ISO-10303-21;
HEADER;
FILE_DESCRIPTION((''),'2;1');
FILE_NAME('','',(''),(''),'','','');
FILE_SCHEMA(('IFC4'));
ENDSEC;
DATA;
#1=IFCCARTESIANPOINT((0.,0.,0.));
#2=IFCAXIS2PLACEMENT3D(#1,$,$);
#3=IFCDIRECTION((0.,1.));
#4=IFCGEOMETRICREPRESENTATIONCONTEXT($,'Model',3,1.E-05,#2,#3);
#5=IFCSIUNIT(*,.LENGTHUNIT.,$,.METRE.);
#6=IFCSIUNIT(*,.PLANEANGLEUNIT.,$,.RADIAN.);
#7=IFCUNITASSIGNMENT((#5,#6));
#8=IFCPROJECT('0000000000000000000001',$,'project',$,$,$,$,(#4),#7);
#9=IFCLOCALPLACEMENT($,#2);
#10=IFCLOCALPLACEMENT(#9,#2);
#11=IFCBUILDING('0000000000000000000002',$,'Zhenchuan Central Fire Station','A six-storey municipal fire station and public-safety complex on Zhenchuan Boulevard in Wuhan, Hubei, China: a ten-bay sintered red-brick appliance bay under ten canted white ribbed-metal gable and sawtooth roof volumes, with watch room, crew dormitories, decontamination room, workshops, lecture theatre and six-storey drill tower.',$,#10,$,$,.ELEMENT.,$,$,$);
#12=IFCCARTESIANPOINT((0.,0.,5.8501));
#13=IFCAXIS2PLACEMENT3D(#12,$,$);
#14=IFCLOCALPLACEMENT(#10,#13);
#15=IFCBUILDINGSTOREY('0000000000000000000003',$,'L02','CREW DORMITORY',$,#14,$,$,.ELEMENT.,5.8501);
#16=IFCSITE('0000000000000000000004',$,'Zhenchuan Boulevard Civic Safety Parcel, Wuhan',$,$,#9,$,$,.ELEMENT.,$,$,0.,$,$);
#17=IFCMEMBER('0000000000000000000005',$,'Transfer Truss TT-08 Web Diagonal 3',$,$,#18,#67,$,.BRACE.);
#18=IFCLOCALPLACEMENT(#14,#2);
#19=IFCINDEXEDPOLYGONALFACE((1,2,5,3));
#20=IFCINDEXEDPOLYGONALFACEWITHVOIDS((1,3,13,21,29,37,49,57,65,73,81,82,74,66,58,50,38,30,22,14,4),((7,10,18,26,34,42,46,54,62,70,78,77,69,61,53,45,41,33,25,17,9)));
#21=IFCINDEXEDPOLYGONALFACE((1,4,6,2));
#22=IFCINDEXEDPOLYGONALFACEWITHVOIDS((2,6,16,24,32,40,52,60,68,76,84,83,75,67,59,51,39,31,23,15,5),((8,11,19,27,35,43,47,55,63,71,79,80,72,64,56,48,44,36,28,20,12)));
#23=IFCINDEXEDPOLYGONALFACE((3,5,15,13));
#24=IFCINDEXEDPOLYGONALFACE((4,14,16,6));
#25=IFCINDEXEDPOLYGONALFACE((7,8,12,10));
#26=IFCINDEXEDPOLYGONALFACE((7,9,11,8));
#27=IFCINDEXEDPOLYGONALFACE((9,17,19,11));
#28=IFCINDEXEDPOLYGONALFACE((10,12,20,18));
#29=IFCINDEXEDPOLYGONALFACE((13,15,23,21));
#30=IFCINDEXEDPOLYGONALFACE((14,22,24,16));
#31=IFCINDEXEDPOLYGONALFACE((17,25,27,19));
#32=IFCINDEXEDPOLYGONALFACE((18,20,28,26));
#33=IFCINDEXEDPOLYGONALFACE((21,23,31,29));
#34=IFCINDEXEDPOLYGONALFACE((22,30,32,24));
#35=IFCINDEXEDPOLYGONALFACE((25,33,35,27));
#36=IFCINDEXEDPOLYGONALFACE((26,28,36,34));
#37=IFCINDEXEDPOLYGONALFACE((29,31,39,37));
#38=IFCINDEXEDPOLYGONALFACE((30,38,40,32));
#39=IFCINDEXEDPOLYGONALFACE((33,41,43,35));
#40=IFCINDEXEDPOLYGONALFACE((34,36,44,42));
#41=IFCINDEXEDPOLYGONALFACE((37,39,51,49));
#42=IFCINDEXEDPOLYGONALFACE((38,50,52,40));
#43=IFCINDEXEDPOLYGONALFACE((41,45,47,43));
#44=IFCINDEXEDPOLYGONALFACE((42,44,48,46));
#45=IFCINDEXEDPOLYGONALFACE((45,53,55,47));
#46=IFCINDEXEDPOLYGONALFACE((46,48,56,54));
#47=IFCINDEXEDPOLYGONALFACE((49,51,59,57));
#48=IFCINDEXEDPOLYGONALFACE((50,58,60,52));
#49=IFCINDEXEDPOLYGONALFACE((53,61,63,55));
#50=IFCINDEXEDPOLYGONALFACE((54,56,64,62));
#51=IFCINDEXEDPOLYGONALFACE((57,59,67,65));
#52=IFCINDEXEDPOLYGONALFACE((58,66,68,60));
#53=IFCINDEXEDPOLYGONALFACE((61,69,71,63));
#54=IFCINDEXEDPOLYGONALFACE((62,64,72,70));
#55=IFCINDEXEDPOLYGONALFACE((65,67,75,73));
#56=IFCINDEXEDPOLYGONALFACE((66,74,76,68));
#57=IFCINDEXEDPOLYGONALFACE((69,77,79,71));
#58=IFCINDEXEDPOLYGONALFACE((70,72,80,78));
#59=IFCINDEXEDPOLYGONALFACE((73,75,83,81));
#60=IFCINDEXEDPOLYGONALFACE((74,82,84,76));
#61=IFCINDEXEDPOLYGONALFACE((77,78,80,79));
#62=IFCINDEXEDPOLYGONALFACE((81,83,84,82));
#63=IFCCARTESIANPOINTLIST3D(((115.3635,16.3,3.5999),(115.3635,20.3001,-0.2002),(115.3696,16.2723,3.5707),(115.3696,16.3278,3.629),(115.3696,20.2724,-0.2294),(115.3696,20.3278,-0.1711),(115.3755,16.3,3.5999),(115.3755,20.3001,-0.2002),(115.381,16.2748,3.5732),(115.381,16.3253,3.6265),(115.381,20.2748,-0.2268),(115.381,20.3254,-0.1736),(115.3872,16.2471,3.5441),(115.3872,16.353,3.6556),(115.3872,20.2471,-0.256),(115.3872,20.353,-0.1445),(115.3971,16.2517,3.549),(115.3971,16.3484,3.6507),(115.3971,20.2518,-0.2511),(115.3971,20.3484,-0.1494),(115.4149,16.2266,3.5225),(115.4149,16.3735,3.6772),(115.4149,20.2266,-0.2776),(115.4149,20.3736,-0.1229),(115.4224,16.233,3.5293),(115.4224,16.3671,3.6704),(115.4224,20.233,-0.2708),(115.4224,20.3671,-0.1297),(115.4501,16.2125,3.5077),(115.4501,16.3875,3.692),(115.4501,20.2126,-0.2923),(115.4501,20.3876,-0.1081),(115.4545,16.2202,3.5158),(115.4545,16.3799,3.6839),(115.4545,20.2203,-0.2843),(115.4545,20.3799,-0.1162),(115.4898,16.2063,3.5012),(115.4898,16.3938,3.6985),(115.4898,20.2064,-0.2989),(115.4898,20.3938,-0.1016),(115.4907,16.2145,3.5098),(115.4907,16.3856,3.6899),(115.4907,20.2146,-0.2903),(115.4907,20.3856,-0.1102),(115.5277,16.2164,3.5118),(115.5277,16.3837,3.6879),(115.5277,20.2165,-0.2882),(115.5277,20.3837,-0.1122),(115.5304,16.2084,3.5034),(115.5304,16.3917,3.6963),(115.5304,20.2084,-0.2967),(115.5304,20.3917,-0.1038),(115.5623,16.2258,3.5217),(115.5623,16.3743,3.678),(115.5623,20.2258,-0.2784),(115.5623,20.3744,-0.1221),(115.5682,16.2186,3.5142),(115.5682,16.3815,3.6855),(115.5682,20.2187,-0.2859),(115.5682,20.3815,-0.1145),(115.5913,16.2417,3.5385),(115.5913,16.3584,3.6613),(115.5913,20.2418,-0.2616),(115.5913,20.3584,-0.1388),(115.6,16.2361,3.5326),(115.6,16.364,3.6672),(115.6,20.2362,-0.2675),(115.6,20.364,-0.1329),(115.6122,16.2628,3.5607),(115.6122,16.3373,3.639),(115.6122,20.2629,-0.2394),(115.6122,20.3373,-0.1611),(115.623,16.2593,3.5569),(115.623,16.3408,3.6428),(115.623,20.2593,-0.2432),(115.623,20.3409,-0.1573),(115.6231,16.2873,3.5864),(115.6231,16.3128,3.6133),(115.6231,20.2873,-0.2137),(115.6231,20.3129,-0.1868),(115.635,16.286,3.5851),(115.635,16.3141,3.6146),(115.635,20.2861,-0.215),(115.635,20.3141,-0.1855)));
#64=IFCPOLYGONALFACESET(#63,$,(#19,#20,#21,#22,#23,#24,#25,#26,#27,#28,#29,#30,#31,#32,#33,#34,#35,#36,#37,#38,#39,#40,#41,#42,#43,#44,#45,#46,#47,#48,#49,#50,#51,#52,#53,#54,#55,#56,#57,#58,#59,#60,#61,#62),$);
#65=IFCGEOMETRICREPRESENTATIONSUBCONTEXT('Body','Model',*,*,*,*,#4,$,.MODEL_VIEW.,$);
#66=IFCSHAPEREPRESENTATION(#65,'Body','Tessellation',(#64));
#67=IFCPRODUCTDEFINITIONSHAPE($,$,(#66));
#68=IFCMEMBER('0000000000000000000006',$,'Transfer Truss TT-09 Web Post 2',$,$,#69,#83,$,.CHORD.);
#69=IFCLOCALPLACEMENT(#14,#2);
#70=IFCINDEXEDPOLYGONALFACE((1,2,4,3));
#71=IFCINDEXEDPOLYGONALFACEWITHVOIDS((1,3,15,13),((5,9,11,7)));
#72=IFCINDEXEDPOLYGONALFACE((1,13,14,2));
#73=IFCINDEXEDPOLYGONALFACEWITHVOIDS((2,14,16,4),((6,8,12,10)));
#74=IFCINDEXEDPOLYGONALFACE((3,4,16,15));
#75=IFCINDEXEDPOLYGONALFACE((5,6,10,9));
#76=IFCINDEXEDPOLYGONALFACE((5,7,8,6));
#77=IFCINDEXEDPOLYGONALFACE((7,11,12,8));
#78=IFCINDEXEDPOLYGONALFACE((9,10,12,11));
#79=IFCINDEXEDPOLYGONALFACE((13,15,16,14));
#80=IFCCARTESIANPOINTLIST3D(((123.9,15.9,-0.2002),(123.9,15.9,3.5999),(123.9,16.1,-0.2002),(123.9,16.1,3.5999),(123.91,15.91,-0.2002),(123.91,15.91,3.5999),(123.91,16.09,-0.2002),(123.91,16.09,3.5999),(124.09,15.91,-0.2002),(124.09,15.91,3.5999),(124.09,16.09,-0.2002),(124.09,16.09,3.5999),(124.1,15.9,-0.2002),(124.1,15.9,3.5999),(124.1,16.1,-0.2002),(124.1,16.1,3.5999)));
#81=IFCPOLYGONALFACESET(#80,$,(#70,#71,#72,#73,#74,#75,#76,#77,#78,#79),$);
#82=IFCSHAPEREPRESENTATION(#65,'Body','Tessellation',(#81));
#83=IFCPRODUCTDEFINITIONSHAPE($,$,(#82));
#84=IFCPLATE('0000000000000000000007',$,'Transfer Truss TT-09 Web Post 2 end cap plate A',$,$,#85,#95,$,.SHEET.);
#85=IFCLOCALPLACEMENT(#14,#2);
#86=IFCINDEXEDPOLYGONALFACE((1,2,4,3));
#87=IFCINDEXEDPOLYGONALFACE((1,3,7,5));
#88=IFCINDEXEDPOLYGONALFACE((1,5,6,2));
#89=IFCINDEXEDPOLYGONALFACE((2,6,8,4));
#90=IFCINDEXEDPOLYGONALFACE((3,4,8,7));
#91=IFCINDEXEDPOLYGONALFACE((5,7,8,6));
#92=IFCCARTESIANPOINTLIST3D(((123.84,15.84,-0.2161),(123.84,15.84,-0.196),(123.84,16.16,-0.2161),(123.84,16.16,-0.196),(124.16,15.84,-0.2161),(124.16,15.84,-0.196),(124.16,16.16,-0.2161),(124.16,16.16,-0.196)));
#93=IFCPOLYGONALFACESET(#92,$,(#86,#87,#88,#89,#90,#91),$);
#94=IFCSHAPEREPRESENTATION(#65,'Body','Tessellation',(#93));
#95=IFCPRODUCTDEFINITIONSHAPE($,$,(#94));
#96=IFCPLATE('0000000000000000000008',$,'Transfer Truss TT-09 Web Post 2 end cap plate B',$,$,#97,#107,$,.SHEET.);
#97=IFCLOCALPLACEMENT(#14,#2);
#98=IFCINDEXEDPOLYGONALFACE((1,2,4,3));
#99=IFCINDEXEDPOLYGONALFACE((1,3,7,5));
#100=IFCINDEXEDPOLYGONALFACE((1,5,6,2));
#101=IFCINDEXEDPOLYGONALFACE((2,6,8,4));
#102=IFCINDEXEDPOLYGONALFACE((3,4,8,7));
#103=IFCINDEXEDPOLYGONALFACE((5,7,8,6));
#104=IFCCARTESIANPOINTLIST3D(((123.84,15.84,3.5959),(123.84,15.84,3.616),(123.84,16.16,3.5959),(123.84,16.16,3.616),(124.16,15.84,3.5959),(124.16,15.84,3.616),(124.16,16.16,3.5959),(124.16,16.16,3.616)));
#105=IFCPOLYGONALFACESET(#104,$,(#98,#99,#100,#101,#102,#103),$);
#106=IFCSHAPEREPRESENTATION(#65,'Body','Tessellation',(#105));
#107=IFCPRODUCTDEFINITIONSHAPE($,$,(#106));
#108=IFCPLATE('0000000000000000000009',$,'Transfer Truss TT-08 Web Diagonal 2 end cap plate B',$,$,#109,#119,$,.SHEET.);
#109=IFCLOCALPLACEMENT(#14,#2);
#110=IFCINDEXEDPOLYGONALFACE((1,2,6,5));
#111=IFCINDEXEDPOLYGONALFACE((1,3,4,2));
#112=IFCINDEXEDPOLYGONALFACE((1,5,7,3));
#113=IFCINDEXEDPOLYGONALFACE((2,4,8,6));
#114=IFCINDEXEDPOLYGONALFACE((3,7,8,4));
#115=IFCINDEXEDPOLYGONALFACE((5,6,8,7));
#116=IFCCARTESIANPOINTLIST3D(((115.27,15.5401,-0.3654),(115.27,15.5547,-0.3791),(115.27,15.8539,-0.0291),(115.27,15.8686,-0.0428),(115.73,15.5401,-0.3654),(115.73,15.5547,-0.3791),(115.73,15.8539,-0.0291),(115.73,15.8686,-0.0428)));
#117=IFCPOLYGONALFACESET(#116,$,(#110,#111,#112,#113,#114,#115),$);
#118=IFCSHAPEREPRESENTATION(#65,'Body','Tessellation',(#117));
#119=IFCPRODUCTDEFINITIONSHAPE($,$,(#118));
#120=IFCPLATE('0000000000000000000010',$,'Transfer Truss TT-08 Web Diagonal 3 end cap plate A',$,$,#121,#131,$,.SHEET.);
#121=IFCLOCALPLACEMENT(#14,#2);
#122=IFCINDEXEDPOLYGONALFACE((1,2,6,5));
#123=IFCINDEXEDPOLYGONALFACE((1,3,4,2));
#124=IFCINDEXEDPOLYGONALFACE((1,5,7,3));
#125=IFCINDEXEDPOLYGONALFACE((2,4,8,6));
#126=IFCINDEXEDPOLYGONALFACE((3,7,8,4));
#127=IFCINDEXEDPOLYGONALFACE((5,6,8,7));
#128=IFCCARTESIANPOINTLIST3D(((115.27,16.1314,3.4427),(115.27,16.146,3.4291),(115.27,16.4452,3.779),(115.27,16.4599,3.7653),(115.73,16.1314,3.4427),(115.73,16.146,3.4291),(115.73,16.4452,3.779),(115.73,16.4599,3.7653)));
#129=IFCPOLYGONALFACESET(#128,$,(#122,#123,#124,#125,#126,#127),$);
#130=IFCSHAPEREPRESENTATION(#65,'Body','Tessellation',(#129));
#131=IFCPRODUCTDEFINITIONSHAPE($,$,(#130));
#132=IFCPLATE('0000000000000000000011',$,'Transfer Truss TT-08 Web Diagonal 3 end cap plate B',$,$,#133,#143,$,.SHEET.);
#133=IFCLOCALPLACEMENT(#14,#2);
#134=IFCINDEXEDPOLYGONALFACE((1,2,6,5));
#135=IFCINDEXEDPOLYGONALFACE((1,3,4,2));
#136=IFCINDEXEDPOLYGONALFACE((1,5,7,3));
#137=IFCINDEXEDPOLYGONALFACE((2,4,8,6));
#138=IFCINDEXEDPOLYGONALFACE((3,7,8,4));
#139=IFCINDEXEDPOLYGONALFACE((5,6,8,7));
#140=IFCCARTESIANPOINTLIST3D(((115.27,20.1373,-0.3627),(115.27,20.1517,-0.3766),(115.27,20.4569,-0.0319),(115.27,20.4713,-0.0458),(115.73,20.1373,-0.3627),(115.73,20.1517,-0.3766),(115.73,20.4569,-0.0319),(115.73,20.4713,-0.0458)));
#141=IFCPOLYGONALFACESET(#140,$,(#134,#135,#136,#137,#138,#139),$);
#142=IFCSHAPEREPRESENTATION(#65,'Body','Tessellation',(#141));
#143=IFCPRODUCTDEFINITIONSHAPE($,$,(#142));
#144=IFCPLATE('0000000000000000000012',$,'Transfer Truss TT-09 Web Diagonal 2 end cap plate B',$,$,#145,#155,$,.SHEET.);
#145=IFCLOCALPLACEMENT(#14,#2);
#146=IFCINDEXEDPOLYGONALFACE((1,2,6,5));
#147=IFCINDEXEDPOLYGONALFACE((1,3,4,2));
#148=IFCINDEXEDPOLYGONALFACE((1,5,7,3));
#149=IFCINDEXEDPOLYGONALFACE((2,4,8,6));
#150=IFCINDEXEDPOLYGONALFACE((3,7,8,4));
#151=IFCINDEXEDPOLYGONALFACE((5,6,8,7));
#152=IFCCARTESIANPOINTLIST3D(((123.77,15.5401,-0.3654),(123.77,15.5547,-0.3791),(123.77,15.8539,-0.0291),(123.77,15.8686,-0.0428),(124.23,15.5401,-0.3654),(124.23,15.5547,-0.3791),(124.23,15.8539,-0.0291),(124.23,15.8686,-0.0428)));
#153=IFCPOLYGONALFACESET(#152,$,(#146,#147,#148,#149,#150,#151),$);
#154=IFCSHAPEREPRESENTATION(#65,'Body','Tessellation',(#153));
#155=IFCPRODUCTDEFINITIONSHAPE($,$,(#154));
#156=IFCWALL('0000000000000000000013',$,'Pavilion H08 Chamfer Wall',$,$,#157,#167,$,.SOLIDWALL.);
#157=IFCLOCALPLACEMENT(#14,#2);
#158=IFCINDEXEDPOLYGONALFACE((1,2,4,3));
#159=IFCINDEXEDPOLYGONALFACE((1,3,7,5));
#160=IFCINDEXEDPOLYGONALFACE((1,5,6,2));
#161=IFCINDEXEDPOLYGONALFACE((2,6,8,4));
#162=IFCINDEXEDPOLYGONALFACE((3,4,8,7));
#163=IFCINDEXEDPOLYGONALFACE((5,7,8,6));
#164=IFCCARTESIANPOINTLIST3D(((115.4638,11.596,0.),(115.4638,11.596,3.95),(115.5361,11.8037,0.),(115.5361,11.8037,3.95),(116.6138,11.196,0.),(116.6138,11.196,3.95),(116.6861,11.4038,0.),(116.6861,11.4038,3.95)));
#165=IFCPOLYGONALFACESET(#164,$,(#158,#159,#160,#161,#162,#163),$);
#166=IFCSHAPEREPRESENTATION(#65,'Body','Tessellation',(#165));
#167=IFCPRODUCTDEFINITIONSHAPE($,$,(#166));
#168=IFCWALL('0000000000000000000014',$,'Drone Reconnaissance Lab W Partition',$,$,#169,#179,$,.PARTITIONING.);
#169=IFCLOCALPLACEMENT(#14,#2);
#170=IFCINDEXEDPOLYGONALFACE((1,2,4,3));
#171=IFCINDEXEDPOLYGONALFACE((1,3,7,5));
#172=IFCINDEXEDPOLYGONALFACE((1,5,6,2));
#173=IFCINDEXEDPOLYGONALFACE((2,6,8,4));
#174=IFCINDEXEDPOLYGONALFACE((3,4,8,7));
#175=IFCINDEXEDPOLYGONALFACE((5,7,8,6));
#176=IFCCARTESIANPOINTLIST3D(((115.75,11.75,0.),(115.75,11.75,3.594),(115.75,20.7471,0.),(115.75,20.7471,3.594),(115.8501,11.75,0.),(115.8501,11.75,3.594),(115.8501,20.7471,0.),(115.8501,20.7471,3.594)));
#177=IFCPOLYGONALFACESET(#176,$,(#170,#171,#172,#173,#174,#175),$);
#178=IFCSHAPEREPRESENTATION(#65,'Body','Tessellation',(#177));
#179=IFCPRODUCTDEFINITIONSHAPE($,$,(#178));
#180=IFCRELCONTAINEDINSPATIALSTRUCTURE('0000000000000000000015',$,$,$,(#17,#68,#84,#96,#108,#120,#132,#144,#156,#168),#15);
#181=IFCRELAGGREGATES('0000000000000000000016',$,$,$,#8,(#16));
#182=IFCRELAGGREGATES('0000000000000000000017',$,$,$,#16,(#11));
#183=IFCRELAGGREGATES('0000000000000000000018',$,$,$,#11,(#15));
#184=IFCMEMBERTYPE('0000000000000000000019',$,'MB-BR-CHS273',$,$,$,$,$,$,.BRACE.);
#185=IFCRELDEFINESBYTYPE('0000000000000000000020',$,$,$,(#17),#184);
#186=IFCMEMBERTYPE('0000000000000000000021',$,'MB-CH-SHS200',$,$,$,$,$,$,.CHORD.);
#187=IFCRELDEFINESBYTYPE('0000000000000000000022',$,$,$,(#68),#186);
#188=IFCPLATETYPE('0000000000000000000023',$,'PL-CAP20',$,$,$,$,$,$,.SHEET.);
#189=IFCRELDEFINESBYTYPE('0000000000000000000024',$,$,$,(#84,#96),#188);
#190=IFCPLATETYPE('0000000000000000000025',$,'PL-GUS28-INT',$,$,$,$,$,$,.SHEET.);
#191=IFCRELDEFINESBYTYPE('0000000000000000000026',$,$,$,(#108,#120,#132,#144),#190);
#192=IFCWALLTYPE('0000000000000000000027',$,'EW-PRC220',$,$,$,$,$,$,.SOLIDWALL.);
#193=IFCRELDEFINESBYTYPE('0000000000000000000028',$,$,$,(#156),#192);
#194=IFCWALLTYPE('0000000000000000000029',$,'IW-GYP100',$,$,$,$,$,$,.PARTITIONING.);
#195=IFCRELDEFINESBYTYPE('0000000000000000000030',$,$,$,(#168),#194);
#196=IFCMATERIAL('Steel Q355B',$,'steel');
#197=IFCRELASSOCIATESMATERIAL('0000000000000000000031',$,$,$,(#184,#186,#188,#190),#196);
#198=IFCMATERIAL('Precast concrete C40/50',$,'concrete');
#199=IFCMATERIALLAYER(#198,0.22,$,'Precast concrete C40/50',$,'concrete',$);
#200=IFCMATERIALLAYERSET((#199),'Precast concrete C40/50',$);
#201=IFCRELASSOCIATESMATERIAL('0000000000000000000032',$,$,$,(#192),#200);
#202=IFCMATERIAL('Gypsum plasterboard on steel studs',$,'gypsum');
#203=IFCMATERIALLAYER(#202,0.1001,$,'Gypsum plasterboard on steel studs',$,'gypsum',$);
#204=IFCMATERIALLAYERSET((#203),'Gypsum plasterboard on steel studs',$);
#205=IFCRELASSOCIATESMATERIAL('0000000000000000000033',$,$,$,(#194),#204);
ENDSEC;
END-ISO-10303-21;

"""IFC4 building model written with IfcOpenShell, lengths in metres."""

from ifc_helpers import new_model, si_unit, direction, frame, frame_2d, origin, origin_2d, place, context, subcontext, project, spatial, polyline, rectangle, hollow_rectangle, hollow_circle, outline, extrude, material, layer, layer_set, material_profile, profile_set, type_object, element, save


model = new_model("IFC4")

# Units and contexts
model_context = context("Model", 3, precision=1e-05, world=origin(), true_north=direction((0.0, 1.0)))
body_context = subcontext(model_context, "Body", "Model", "MODEL_VIEW")
ifc_project = project(units=[si_unit("LENGTHUNIT", "METRE"), si_unit("PLANEANGLEUNIT", "RADIAN")], contexts=[model_context])

# Site, building, storey
site_placement = place(None, origin())
site = spatial("IfcSite", under=ifc_project, at=site_placement, Name="Zhenchuan Boulevard Civic Safety Parcel, Wuhan", CompositionType="ELEMENT", RefElevation=0.0)
building_placement = place(site_placement, origin())
building = spatial("IfcBuilding", under=site, at=building_placement, Name="Zhenchuan Central Fire Station", Description="A six-storey municipal fire station and public-safety complex on Zhenchuan Boulevard in Wuhan, Hubei, China: a ten-bay sintered red-brick appliance bay under ten canted white ribbed-metal gable and sawtooth roof volumes, with watch room, crew dormitories, decontamination room, workshops, lecture theatre and six-storey drill tower.", CompositionType="ELEMENT")
storey_placement = place(building_placement, frame((0.0, 0.0, 5.8501)))
storey = spatial("IfcBuildingStorey", under=building, at=storey_placement, Name="L02", Description="CREW DORMITORY", CompositionType="ELEMENT", Elevation=5.8501)

# Shared definitions
ifc_material_1 = material(Name="Steel Q355B", Category="steel")

# Members
ifc_material_profile_1 = material_profile(ifc_material_1, hollow_circle(Radius=0.1365, WallThickness=0.012, at=origin_2d()), Name="CHS 273x12")
ifc_profile_set_1 = profile_set([ifc_material_profile_1], Name="Steel Q355B")
member_type_1 = type_object("IfcMemberType", Name="MB-BR-CHS273", PredefinedType="BRACE", material=ifc_profile_set_1)
member_1_placement = place(storey_placement, frame((115.5, 16.3, 3.5999), z_axis=(0.0, 0.724995, -0.688754), x_axis=(-1.0, 0.0, 0.0)))
element("IfcMember", 1, at=member_1_placement, inside=storey, type_object=member_type_1, Name="Transfer Truss TT-08 Web Diagonal 3", PredefinedType="BRACE", context=body_context, shape_type="SweptSolid", body=[
    extrude(hollow_circle(Radius=0.1365, WallThickness=0.012, at=origin_2d()), origin(), (0.0, 0.0, 1.0), 5.5173),
])
ifc_material_profile_2 = material_profile(ifc_material_1, hollow_rectangle(XDim=0.2, YDim=0.2, WallThickness=0.01, at=origin_2d()), Name="SHS 200x200x10")
ifc_profile_set_2 = profile_set([ifc_material_profile_2], Name="Steel Q355B")
member_type_2 = type_object("IfcMemberType", Name="MB-CH-SHS200", PredefinedType="CHORD", material=ifc_profile_set_2)
member_2_placement = place(storey_placement, frame((124.0, 16.0, -0.2002), z_axis=(0.0, 0.0, 1.0), x_axis=(1.0, 0.0, 0.0)))
element("IfcMember", 2, at=member_2_placement, inside=storey, type_object=member_type_2, Name="Transfer Truss TT-09 Web Post 2", PredefinedType="CHORD", context=body_context, shape_type="SweptSolid", body=[
    extrude(hollow_rectangle(XDim=0.2, YDim=0.2, WallThickness=0.01, at=origin_2d()), origin(), (0.0, 0.0, 1.0), 3.8),
])

# Plates
ifc_material_profile_3 = material_profile(ifc_material_1, rectangle(XDim=0.3201, YDim=0.3201, at=origin_2d()), Name="PL 320x320x20")
ifc_profile_set_3 = profile_set([ifc_material_profile_3], Name="Steel Q355B")
plate_type_1 = type_object("IfcPlateType", Name="PL-CAP20", PredefinedType="SHEET", material=ifc_profile_set_3)
for number, where, z_axis, x_axis, name in (
    (3, (124.0, 16.0, -0.2161), (0.0, 0.0, 1.0), (1.0, 0.0, 0.0), "Transfer Truss TT-09 Web Post 2 end cap plate A"),
    (4, (124.0, 16.0, 3.5959), (0.0, 0.0, 1.0), (1.0, 0.0, 0.0), "Transfer Truss TT-09 Web Post 2 end cap plate B"),
):
    element("IfcPlate", number, at=place(storey_placement, frame(where, z_axis=z_axis, x_axis=x_axis)), inside=storey, type_object=plate_type_1, Name=name, PredefinedType="SHEET", context=body_context, shape_type="SweptSolid", body=[
        extrude(rectangle(XDim=0.3201, YDim=0.3201, at=origin_2d()), origin(), (0.0, 0.0, 1.0), 0.02),
    ])
ifc_material_profile_4 = material_profile(ifc_material_1, rectangle(XDim=0.46, YDim=0.46, at=origin_2d()), Name="PL 460x460x28")
ifc_profile_set_4 = profile_set([ifc_material_profile_4], Name="Steel Q355B")
plate_type_2 = type_object("IfcPlateType", Name="PL-GUS28-INT", PredefinedType="SHEET", material=ifc_profile_set_4)
for number, where, z_axis, x_axis, name in (
    (5, (115.5, 15.697, -0.1973), (0.0, 0.731055, -0.682318), (-1.0, 0.0, 0.0), "Transfer Truss TT-08 Web Diagonal 2 end cap plate B"),
    (6, (115.5, 16.2883, 3.6108), (0.0, 0.731055, -0.682318), (-1.0, 0.0, 0.0), "Transfer Truss TT-08 Web Diagonal 3 end cap plate A"),
    (7, (115.5, 20.2971, -0.1973), (0.0, 0.719191, -0.694812), (-1.0, 0.0, 0.0), "Transfer Truss TT-08 Web Diagonal 3 end cap plate B"),
    (8, (124.0, 15.697, -0.1973), (0.0, 0.731055, -0.682318), (-1.0, 0.0, 0.0), "Transfer Truss TT-09 Web Diagonal 2 end cap plate B"),
):
    element("IfcPlate", number, at=place(storey_placement, frame(where, z_axis=z_axis, x_axis=x_axis)), inside=storey, type_object=plate_type_2, Name=name, PredefinedType="SHEET", context=body_context, shape_type="SweptSolid", body=[
        extrude(rectangle(XDim=0.46, YDim=0.46, at=origin_2d()), origin(), (0.0, 0.0, 1.0), 0.02),
    ])

# Walls
ifc_material_2 = material(Name="Precast concrete C40/50", Category="concrete")
ifc_layer_1 = layer(ifc_material_2, 0.22, Name="Precast concrete C40/50", Category="concrete")
ifc_layer_set_1 = layer_set([ifc_layer_1], Name="Precast concrete C40/50")
wall_type_1 = type_object("IfcWallType", Name="EW-PRC220", PredefinedType="SOLIDWALL", material=ifc_layer_set_1)
wall_1_placement = place(storey_placement, frame((115.5, 11.7, 0.0), z_axis=(0.0, 0.0, 1.0), x_axis=(0.944513, -0.328474, 0.0)))
element("IfcWall", 9, at=wall_1_placement, inside=storey, type_object=wall_type_1, Name="Pavilion H08 Chamfer Wall", PredefinedType="SOLIDWALL", context=body_context, shape_type="SweptSolid", body=[
    extrude(outline(polyline([(0.0, 0.0), (1.2175, 0.0), (1.2175, 3.95), (0.0, 3.95), (0.0, 0.0)])), frame((0.0, 0.1099, 0.0), z_axis=(0.0, -1.0, 0.0), x_axis=(1.0, 0.0, 0.0)), (0.0, 0.0, 1.0), 0.22),
])
ifc_material_3 = material(Name="Gypsum plasterboard on steel studs", Category="gypsum")
ifc_layer_2 = layer(ifc_material_3, 0.1001, Name="Gypsum plasterboard on steel studs", Category="gypsum")
ifc_layer_set_2 = layer_set([ifc_layer_2], Name="Gypsum plasterboard on steel studs")
wall_type_2 = type_object("IfcWallType", Name="IW-GYP100", PredefinedType="PARTITIONING", material=ifc_layer_set_2)
wall_2_placement = place(storey_placement, frame((115.8, 11.75, 0.0), z_axis=(0.0, 0.0, 1.0), x_axis=(0.0, 1.0, 0.0)))
element("IfcWall", 10, at=wall_2_placement, inside=storey, type_object=wall_type_2, Name="Drone Reconnaissance Lab W Partition", PredefinedType="PARTITIONING", context=body_context, shape_type="SweptSolid", body=[
    extrude(rectangle(XDim=8.9971, YDim=0.1001, at=frame_2d((4.4985, 0.0))), origin(), (0.0, 0.0, 1.0), 3.594),
])

save(model, "model.ifc")
